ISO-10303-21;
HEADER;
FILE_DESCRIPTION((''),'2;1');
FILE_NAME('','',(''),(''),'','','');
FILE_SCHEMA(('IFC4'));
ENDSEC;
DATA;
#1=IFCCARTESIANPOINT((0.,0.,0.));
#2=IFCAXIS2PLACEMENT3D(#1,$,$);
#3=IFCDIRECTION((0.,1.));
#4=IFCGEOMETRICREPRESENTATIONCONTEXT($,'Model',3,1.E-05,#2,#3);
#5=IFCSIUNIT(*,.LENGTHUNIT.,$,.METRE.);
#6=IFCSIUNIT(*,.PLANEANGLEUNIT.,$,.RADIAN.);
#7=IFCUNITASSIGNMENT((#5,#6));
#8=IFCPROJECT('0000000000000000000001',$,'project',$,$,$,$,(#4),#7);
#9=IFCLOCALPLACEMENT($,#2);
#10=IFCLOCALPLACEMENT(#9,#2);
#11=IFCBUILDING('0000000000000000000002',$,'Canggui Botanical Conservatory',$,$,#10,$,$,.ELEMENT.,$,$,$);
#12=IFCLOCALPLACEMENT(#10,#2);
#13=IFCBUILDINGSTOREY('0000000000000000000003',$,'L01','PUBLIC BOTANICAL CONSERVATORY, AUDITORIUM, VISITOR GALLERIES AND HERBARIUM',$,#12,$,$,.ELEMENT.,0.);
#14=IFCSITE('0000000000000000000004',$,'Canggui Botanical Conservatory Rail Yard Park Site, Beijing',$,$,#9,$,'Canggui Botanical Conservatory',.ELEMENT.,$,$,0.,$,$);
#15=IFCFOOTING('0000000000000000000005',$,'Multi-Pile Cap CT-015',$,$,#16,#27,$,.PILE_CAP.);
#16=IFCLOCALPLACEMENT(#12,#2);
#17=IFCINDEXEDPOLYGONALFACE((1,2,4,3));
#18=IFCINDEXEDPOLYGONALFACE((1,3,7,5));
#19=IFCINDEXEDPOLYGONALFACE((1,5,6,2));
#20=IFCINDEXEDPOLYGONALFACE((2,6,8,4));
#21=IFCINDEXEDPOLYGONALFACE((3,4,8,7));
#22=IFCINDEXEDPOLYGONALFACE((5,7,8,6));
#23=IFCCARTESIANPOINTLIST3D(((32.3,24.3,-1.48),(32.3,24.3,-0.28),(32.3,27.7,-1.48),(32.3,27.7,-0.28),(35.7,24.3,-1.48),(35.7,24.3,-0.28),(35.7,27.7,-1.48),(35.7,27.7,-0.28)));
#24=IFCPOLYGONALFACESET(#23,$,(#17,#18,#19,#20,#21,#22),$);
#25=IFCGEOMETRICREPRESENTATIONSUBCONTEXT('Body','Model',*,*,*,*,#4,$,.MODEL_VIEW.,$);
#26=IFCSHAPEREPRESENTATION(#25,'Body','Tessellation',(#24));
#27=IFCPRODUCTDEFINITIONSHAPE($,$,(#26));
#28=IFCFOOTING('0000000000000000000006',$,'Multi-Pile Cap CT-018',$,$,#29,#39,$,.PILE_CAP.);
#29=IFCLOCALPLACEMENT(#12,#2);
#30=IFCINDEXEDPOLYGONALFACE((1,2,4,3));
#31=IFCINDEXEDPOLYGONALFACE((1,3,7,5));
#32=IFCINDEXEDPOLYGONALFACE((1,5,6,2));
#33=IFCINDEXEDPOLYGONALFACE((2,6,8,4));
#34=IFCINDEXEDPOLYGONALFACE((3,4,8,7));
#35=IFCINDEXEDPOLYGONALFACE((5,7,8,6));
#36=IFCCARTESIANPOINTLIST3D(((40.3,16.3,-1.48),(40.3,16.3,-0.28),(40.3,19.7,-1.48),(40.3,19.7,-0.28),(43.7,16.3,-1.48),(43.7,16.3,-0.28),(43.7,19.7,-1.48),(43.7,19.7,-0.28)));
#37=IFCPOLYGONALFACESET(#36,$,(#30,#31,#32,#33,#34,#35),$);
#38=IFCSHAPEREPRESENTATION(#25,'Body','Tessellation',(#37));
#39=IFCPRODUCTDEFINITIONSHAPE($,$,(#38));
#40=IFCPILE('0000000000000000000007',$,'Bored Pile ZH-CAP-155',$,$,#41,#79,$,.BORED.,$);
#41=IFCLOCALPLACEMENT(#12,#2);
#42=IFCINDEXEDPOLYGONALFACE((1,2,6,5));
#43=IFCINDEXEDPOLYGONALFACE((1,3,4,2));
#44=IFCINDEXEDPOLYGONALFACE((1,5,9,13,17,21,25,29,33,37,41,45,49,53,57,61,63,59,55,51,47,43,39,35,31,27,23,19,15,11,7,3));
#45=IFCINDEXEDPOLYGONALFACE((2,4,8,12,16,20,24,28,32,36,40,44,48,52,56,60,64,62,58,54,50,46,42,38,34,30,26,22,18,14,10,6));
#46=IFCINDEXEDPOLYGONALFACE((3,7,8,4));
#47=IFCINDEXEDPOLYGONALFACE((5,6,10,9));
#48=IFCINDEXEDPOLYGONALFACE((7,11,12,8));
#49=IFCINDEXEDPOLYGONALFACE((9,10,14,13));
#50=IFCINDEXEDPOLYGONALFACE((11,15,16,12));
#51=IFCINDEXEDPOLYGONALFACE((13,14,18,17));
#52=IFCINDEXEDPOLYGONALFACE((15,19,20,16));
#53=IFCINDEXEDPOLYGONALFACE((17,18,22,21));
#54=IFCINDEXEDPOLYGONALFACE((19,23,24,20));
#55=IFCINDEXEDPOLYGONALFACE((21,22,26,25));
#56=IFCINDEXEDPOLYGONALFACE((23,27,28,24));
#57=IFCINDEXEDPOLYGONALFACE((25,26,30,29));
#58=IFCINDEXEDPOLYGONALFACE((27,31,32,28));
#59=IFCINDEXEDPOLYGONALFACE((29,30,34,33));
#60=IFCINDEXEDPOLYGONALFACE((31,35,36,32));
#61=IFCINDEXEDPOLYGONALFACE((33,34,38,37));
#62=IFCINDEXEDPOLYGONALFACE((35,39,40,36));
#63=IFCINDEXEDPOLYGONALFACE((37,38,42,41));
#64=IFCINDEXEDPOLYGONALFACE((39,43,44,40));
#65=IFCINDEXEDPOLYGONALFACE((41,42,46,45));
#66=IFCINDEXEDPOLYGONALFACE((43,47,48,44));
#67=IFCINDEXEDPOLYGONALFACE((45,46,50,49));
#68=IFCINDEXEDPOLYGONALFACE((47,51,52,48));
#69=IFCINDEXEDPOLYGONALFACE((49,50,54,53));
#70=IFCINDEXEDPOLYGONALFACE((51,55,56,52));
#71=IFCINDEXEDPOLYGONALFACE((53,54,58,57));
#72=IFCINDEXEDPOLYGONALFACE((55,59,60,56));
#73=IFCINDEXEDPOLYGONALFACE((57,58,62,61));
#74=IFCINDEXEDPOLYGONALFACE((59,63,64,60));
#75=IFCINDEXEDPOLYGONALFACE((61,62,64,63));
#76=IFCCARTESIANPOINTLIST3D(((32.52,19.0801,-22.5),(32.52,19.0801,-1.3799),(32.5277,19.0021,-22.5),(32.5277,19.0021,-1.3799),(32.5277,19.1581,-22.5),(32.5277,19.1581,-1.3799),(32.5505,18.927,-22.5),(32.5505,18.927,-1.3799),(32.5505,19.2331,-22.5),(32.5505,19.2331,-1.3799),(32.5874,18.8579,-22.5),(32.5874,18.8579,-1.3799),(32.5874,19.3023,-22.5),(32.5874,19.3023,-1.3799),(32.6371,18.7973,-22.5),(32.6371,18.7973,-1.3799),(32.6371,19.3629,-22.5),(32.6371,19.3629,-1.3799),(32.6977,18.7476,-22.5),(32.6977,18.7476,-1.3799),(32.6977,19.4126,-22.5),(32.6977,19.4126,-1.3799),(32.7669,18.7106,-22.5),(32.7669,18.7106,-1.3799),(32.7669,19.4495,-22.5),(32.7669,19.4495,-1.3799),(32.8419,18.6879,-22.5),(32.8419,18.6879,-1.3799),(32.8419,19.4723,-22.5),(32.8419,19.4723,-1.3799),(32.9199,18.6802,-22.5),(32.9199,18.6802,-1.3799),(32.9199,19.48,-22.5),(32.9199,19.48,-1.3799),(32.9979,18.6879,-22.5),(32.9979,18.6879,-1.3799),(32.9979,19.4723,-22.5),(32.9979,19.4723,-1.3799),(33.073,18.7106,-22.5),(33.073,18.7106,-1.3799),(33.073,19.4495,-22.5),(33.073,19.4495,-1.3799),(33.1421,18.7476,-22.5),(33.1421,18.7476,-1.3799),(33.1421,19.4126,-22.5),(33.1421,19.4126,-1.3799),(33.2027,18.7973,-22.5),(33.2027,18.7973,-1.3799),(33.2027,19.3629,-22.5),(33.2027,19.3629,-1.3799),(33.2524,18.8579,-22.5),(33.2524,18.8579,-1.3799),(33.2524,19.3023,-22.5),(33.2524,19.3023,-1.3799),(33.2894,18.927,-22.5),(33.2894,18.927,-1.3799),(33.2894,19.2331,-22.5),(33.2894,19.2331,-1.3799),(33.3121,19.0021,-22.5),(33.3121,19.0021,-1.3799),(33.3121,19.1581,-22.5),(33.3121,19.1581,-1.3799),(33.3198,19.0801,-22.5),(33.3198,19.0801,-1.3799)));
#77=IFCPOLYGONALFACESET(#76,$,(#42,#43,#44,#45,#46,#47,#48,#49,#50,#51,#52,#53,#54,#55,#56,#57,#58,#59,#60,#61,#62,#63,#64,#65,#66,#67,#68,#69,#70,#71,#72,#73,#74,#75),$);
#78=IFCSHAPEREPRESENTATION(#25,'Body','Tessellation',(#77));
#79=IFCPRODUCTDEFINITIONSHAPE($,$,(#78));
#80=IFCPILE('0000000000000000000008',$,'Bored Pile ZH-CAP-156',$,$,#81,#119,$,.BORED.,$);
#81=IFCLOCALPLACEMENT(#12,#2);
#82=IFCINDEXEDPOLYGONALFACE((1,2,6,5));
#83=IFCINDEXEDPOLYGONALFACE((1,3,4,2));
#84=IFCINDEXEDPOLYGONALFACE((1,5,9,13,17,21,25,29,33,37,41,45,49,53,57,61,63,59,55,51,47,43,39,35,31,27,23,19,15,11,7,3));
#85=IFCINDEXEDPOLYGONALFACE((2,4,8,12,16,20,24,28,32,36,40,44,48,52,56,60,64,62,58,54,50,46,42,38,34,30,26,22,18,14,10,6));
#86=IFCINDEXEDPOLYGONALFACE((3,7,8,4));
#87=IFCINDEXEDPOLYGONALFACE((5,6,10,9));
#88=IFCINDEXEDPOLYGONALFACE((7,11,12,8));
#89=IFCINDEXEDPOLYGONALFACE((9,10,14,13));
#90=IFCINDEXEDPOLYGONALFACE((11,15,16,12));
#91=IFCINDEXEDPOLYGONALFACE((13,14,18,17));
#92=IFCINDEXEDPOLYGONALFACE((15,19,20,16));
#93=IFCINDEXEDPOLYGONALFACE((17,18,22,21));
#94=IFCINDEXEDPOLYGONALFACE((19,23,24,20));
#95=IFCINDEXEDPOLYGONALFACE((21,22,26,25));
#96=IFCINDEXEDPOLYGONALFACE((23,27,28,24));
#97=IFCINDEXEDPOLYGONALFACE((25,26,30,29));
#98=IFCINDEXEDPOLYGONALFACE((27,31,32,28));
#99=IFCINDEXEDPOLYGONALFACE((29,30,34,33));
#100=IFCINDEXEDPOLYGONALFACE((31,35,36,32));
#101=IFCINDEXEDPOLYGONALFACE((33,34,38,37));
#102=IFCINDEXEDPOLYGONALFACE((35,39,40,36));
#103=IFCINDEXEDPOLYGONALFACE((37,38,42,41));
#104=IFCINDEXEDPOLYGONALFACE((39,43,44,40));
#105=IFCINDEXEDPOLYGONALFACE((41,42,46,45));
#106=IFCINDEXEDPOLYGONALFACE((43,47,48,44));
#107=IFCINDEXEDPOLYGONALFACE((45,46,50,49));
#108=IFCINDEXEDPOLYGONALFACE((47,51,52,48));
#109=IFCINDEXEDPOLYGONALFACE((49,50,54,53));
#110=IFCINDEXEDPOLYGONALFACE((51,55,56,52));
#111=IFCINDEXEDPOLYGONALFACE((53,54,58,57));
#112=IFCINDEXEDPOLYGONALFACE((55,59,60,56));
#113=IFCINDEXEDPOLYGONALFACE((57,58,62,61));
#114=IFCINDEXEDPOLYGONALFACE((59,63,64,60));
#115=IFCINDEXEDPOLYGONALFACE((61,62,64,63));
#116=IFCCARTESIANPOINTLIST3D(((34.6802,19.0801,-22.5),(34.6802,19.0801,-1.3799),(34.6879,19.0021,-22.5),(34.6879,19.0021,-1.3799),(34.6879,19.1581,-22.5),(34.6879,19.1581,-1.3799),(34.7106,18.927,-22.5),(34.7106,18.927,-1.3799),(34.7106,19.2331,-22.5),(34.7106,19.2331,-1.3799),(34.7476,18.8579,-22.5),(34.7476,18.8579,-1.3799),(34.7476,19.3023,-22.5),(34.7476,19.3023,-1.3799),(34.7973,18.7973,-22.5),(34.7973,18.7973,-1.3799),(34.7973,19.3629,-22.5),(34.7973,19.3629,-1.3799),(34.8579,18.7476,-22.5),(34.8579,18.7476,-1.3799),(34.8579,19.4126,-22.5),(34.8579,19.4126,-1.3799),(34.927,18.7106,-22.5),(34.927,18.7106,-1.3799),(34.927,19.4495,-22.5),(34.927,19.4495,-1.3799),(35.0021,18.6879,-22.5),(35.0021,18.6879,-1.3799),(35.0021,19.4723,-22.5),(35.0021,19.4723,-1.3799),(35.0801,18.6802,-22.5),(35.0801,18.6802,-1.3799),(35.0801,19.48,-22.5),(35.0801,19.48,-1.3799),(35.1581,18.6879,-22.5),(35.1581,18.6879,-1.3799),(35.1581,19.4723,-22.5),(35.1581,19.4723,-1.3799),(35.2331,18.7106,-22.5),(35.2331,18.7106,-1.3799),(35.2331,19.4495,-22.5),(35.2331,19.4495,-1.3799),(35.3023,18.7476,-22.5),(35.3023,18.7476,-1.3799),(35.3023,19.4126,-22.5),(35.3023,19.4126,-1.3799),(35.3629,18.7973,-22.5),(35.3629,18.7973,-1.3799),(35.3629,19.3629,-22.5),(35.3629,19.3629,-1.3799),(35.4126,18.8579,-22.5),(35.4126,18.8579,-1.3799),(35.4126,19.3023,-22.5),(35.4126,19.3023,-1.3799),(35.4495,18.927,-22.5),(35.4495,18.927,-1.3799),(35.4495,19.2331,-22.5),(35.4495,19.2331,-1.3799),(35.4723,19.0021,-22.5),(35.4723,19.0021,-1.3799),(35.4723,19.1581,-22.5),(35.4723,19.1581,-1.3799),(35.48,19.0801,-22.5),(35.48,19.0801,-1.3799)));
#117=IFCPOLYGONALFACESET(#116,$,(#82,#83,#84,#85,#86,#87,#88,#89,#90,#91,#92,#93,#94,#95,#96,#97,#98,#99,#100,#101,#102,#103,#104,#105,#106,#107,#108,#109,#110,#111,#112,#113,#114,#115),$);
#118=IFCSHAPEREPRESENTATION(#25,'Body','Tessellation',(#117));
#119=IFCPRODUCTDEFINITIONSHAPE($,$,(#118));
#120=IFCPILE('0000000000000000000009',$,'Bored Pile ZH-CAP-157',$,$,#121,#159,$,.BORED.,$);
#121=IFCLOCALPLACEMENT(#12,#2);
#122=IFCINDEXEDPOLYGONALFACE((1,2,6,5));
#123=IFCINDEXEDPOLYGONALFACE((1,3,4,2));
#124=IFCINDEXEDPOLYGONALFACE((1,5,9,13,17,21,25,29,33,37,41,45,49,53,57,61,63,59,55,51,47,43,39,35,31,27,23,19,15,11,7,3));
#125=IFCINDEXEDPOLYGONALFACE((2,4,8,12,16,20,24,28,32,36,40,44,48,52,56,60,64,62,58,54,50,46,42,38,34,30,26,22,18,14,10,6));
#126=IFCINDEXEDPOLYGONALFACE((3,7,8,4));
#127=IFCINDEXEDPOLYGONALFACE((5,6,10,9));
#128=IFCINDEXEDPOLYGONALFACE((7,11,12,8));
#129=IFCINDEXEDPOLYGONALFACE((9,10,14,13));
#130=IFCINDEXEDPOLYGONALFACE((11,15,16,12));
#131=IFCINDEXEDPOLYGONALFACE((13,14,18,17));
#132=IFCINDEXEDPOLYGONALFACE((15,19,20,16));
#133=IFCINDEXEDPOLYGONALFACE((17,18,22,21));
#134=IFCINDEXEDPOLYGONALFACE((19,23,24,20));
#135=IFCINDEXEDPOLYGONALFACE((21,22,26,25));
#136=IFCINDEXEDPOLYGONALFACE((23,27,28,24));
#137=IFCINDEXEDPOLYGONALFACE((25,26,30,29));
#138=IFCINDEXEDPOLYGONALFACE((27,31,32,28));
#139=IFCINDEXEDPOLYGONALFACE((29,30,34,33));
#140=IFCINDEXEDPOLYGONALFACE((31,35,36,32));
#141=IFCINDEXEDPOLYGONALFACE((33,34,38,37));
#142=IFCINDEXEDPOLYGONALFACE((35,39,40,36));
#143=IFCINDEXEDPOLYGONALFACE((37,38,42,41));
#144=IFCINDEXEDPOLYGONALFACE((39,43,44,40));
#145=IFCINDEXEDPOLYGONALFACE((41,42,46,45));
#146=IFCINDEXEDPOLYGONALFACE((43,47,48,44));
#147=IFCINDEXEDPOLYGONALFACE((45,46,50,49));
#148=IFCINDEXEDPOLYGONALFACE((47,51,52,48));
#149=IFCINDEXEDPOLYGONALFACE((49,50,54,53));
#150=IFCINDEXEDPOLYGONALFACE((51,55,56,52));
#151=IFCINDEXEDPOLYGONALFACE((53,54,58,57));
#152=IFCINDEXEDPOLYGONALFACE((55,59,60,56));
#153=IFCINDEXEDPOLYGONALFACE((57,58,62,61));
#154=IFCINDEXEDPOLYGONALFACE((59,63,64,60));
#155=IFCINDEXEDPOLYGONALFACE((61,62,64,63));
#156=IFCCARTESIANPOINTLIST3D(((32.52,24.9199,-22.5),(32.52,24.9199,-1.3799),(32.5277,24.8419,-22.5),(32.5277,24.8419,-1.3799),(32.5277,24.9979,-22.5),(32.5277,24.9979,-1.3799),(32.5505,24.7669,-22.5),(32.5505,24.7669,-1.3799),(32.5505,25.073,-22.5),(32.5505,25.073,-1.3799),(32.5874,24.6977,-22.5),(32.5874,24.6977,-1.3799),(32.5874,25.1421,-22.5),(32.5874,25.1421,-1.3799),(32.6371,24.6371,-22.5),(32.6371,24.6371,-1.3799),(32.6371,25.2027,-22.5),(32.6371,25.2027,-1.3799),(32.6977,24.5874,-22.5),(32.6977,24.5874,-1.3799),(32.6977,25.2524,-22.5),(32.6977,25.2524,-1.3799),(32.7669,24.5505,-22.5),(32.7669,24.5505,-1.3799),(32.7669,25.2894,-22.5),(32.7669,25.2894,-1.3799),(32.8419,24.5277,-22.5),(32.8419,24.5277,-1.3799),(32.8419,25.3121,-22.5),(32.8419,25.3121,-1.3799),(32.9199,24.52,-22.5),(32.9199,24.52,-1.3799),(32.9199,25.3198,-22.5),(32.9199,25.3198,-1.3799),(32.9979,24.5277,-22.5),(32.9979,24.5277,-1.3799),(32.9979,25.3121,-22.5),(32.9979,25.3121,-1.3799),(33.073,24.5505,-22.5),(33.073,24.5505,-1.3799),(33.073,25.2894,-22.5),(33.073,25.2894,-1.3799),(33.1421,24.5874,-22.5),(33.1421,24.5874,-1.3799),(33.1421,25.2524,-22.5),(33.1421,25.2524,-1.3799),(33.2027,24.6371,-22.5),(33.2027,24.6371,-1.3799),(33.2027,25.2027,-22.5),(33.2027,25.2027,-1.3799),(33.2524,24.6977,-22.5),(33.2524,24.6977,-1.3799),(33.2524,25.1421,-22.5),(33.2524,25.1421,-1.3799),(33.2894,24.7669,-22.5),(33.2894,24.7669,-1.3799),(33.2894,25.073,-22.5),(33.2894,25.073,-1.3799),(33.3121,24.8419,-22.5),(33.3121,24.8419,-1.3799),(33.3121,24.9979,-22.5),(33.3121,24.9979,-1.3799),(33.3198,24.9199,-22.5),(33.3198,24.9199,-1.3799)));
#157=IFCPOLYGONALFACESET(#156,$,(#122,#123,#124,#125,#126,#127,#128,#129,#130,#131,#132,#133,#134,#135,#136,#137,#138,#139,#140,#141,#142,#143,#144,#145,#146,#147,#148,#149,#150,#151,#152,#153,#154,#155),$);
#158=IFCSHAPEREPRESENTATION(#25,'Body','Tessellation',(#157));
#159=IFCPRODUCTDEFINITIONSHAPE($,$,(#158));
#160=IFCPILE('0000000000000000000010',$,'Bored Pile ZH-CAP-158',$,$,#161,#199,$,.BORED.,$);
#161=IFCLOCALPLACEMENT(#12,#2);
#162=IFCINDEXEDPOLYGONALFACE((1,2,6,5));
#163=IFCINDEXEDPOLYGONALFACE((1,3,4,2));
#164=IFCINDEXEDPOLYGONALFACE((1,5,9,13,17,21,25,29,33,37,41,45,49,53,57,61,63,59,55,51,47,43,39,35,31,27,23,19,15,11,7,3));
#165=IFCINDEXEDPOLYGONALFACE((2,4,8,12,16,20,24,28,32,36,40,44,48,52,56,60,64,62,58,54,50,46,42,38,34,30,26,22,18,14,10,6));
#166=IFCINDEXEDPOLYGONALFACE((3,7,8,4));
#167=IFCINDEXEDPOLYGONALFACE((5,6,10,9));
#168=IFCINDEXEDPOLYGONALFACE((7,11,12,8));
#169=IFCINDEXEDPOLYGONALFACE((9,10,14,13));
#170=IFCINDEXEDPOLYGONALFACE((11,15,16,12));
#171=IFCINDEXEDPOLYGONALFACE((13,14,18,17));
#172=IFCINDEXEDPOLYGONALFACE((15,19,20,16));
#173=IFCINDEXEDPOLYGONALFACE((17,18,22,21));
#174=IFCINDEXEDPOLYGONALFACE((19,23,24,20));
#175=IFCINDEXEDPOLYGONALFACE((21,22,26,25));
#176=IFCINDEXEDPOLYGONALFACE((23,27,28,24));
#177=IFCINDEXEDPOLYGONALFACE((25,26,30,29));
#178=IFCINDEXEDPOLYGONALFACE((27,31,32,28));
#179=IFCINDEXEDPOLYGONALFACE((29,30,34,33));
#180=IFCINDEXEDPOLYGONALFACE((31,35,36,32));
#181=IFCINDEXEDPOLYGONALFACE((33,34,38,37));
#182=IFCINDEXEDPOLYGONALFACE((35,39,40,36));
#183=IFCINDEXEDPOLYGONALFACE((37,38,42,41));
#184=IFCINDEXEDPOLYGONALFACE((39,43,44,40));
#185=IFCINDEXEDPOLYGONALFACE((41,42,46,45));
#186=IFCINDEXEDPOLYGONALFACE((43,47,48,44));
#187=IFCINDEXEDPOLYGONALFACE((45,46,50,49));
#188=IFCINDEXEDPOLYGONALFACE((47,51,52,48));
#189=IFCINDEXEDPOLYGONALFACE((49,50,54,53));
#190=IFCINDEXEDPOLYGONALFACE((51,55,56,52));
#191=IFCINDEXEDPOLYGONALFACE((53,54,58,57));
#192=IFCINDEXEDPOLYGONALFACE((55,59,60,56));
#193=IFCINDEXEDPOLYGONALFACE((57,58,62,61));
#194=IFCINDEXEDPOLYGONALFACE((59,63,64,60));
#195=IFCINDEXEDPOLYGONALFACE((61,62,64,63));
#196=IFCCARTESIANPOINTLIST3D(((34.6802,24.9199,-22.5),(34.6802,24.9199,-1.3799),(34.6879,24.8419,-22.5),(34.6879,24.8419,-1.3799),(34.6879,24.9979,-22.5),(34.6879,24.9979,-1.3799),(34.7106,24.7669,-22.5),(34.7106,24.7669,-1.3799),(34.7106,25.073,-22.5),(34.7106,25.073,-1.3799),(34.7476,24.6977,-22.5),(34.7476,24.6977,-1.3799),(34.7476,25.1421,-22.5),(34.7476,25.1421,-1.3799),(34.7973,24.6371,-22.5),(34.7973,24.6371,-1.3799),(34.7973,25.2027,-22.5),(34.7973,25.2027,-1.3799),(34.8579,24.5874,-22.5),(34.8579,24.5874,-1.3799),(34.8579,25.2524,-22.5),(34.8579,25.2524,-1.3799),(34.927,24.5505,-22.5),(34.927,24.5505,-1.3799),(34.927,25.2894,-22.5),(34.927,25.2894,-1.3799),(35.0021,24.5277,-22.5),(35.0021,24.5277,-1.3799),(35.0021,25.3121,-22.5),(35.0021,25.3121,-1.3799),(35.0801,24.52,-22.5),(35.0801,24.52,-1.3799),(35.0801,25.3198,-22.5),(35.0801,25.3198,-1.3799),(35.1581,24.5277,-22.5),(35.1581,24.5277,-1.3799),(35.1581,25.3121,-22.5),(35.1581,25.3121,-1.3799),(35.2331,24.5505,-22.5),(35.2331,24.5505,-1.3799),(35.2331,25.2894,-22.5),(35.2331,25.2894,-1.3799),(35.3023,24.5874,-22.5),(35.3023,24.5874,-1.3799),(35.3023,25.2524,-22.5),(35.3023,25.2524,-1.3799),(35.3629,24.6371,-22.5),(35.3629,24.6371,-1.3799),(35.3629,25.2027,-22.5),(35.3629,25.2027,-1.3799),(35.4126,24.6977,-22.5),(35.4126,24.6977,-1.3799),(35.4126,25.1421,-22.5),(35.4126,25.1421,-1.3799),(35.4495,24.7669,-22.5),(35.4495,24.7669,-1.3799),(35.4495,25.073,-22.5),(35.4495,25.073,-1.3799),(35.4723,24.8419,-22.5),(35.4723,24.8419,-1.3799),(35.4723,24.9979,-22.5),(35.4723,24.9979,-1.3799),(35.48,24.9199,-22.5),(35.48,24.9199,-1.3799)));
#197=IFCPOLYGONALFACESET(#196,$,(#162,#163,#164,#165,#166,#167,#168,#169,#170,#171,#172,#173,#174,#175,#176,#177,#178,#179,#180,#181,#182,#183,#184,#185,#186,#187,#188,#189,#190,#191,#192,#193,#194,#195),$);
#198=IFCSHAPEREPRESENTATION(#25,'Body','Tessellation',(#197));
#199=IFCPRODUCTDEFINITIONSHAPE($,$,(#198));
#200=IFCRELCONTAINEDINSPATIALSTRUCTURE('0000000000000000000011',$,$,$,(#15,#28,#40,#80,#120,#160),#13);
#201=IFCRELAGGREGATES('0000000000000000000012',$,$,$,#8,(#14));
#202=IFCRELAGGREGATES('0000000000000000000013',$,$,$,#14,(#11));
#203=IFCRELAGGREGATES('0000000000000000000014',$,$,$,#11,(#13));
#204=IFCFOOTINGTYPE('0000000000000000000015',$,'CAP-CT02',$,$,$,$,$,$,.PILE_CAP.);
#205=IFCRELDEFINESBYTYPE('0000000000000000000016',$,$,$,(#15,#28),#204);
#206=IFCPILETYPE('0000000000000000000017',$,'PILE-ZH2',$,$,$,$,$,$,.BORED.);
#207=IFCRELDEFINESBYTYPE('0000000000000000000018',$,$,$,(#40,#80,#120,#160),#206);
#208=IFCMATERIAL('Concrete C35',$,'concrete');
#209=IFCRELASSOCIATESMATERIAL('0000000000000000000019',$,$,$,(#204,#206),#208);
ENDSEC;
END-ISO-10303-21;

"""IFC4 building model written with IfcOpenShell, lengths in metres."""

from ifc_helpers import new_model, si_unit, direction, frame, origin, origin_2d, place, context, subcontext, project, spatial, rectangle, circle, extrude, material, material_profile, profile_set, type_object, element, save


model = new_model("IFC4")

# Units and contexts
model_context = context("Model", 3, precision=1e-05, world=origin(), true_north=direction((0.0, 1.0)))
body_context = subcontext(model_context, "Body", "Model", "MODEL_VIEW")
ifc_project = project(units=[si_unit("LENGTHUNIT", "METRE"), si_unit("PLANEANGLEUNIT", "RADIAN")], contexts=[model_context])

# Site, building, storey
site_placement = place(None, origin())
site = spatial("IfcSite", under=ifc_project, at=site_placement, Name="Canggui Botanical Conservatory Rail Yard Park Site, Beijing", LongName="Canggui Botanical Conservatory", CompositionType="ELEMENT", RefElevation=0.0)
building_placement = place(site_placement, origin())
building = spatial("IfcBuilding", under=site, at=building_placement, Name="Canggui Botanical Conservatory", CompositionType="ELEMENT")
storey_placement = place(building_placement, origin())
storey = spatial("IfcBuildingStorey", under=building, at=storey_placement, Name="L01", Description="PUBLIC BOTANICAL CONSERVATORY, AUDITORIUM, VISITOR GALLERIES AND HERBARIUM", CompositionType="ELEMENT", Elevation=0.0)

# Footings
ifc_material_1 = material(Name="Concrete C35", Category="concrete")
footing_type = type_object("IfcFootingType", Name="CAP-CT02", PredefinedType="PILE_CAP", material=ifc_material_1)
for number, where, z_axis, x_axis, name in (
    (1, (34.0, 26.0, -1.48), (0.0, 0.0, 1.0), (1.0, 0.0, 0.0), "Multi-Pile Cap CT-015"),
    (2, (42.0, 18.0, -1.48), (0.0, 0.0, 1.0), (1.0, 0.0, 0.0), "Multi-Pile Cap CT-018"),
):
    element("IfcFooting", number, at=place(storey_placement, frame(where, z_axis=z_axis, x_axis=x_axis)), inside=storey, type_object=footing_type, Name=name, PredefinedType="PILE_CAP", context=body_context, shape_type="SweptSolid", body=[
        extrude(rectangle(XDim=3.3999, YDim=3.3999, at=origin_2d()), origin(), (0.0, 0.0, 1.0), 1.2),
    ])

# Piles
ifc_material_profile_1 = material_profile(ifc_material_1, circle(Radius=0.3999, at=origin_2d()), Name="PILE D800")
ifc_profile_set_1 = profile_set([ifc_material_profile_1], Name="Concrete C35")
pile_type = type_object("IfcPileType", Name="PILE-ZH2", PredefinedType="BORED", material=ifc_profile_set_1)
for number, where, z_axis, x_axis, name in (
    (3, (32.9199, 19.0801, -1.3799), (0.0, 0.0, -1.0), (1.0, 0.0, 0.0), "Bored Pile ZH-CAP-155"),
    (4, (35.0801, 19.0801, -1.3799), (0.0, 0.0, -1.0), (1.0, 0.0, 0.0), "Bored Pile ZH-CAP-156"),
    (5, (32.9199, 24.9199, -1.3799), (0.0, 0.0, -1.0), (1.0, 0.0, 0.0), "Bored Pile ZH-CAP-157"),
    (6, (35.0801, 24.9199, -1.3799), (0.0, 0.0, -1.0), (1.0, 0.0, 0.0), "Bored Pile ZH-CAP-158"),
):
    element("IfcPile", number, at=place(storey_placement, frame(where, z_axis=z_axis, x_axis=x_axis)), inside=storey, type_object=pile_type, Name=name, PredefinedType="BORED", context=body_context, shape_type="SweptSolid", body=[
        extrude(circle(Radius=0.3999, at=origin_2d()), origin(), (0.0, 0.0, 1.0), 21.1201),
    ])

save(model, "model.ifc")
